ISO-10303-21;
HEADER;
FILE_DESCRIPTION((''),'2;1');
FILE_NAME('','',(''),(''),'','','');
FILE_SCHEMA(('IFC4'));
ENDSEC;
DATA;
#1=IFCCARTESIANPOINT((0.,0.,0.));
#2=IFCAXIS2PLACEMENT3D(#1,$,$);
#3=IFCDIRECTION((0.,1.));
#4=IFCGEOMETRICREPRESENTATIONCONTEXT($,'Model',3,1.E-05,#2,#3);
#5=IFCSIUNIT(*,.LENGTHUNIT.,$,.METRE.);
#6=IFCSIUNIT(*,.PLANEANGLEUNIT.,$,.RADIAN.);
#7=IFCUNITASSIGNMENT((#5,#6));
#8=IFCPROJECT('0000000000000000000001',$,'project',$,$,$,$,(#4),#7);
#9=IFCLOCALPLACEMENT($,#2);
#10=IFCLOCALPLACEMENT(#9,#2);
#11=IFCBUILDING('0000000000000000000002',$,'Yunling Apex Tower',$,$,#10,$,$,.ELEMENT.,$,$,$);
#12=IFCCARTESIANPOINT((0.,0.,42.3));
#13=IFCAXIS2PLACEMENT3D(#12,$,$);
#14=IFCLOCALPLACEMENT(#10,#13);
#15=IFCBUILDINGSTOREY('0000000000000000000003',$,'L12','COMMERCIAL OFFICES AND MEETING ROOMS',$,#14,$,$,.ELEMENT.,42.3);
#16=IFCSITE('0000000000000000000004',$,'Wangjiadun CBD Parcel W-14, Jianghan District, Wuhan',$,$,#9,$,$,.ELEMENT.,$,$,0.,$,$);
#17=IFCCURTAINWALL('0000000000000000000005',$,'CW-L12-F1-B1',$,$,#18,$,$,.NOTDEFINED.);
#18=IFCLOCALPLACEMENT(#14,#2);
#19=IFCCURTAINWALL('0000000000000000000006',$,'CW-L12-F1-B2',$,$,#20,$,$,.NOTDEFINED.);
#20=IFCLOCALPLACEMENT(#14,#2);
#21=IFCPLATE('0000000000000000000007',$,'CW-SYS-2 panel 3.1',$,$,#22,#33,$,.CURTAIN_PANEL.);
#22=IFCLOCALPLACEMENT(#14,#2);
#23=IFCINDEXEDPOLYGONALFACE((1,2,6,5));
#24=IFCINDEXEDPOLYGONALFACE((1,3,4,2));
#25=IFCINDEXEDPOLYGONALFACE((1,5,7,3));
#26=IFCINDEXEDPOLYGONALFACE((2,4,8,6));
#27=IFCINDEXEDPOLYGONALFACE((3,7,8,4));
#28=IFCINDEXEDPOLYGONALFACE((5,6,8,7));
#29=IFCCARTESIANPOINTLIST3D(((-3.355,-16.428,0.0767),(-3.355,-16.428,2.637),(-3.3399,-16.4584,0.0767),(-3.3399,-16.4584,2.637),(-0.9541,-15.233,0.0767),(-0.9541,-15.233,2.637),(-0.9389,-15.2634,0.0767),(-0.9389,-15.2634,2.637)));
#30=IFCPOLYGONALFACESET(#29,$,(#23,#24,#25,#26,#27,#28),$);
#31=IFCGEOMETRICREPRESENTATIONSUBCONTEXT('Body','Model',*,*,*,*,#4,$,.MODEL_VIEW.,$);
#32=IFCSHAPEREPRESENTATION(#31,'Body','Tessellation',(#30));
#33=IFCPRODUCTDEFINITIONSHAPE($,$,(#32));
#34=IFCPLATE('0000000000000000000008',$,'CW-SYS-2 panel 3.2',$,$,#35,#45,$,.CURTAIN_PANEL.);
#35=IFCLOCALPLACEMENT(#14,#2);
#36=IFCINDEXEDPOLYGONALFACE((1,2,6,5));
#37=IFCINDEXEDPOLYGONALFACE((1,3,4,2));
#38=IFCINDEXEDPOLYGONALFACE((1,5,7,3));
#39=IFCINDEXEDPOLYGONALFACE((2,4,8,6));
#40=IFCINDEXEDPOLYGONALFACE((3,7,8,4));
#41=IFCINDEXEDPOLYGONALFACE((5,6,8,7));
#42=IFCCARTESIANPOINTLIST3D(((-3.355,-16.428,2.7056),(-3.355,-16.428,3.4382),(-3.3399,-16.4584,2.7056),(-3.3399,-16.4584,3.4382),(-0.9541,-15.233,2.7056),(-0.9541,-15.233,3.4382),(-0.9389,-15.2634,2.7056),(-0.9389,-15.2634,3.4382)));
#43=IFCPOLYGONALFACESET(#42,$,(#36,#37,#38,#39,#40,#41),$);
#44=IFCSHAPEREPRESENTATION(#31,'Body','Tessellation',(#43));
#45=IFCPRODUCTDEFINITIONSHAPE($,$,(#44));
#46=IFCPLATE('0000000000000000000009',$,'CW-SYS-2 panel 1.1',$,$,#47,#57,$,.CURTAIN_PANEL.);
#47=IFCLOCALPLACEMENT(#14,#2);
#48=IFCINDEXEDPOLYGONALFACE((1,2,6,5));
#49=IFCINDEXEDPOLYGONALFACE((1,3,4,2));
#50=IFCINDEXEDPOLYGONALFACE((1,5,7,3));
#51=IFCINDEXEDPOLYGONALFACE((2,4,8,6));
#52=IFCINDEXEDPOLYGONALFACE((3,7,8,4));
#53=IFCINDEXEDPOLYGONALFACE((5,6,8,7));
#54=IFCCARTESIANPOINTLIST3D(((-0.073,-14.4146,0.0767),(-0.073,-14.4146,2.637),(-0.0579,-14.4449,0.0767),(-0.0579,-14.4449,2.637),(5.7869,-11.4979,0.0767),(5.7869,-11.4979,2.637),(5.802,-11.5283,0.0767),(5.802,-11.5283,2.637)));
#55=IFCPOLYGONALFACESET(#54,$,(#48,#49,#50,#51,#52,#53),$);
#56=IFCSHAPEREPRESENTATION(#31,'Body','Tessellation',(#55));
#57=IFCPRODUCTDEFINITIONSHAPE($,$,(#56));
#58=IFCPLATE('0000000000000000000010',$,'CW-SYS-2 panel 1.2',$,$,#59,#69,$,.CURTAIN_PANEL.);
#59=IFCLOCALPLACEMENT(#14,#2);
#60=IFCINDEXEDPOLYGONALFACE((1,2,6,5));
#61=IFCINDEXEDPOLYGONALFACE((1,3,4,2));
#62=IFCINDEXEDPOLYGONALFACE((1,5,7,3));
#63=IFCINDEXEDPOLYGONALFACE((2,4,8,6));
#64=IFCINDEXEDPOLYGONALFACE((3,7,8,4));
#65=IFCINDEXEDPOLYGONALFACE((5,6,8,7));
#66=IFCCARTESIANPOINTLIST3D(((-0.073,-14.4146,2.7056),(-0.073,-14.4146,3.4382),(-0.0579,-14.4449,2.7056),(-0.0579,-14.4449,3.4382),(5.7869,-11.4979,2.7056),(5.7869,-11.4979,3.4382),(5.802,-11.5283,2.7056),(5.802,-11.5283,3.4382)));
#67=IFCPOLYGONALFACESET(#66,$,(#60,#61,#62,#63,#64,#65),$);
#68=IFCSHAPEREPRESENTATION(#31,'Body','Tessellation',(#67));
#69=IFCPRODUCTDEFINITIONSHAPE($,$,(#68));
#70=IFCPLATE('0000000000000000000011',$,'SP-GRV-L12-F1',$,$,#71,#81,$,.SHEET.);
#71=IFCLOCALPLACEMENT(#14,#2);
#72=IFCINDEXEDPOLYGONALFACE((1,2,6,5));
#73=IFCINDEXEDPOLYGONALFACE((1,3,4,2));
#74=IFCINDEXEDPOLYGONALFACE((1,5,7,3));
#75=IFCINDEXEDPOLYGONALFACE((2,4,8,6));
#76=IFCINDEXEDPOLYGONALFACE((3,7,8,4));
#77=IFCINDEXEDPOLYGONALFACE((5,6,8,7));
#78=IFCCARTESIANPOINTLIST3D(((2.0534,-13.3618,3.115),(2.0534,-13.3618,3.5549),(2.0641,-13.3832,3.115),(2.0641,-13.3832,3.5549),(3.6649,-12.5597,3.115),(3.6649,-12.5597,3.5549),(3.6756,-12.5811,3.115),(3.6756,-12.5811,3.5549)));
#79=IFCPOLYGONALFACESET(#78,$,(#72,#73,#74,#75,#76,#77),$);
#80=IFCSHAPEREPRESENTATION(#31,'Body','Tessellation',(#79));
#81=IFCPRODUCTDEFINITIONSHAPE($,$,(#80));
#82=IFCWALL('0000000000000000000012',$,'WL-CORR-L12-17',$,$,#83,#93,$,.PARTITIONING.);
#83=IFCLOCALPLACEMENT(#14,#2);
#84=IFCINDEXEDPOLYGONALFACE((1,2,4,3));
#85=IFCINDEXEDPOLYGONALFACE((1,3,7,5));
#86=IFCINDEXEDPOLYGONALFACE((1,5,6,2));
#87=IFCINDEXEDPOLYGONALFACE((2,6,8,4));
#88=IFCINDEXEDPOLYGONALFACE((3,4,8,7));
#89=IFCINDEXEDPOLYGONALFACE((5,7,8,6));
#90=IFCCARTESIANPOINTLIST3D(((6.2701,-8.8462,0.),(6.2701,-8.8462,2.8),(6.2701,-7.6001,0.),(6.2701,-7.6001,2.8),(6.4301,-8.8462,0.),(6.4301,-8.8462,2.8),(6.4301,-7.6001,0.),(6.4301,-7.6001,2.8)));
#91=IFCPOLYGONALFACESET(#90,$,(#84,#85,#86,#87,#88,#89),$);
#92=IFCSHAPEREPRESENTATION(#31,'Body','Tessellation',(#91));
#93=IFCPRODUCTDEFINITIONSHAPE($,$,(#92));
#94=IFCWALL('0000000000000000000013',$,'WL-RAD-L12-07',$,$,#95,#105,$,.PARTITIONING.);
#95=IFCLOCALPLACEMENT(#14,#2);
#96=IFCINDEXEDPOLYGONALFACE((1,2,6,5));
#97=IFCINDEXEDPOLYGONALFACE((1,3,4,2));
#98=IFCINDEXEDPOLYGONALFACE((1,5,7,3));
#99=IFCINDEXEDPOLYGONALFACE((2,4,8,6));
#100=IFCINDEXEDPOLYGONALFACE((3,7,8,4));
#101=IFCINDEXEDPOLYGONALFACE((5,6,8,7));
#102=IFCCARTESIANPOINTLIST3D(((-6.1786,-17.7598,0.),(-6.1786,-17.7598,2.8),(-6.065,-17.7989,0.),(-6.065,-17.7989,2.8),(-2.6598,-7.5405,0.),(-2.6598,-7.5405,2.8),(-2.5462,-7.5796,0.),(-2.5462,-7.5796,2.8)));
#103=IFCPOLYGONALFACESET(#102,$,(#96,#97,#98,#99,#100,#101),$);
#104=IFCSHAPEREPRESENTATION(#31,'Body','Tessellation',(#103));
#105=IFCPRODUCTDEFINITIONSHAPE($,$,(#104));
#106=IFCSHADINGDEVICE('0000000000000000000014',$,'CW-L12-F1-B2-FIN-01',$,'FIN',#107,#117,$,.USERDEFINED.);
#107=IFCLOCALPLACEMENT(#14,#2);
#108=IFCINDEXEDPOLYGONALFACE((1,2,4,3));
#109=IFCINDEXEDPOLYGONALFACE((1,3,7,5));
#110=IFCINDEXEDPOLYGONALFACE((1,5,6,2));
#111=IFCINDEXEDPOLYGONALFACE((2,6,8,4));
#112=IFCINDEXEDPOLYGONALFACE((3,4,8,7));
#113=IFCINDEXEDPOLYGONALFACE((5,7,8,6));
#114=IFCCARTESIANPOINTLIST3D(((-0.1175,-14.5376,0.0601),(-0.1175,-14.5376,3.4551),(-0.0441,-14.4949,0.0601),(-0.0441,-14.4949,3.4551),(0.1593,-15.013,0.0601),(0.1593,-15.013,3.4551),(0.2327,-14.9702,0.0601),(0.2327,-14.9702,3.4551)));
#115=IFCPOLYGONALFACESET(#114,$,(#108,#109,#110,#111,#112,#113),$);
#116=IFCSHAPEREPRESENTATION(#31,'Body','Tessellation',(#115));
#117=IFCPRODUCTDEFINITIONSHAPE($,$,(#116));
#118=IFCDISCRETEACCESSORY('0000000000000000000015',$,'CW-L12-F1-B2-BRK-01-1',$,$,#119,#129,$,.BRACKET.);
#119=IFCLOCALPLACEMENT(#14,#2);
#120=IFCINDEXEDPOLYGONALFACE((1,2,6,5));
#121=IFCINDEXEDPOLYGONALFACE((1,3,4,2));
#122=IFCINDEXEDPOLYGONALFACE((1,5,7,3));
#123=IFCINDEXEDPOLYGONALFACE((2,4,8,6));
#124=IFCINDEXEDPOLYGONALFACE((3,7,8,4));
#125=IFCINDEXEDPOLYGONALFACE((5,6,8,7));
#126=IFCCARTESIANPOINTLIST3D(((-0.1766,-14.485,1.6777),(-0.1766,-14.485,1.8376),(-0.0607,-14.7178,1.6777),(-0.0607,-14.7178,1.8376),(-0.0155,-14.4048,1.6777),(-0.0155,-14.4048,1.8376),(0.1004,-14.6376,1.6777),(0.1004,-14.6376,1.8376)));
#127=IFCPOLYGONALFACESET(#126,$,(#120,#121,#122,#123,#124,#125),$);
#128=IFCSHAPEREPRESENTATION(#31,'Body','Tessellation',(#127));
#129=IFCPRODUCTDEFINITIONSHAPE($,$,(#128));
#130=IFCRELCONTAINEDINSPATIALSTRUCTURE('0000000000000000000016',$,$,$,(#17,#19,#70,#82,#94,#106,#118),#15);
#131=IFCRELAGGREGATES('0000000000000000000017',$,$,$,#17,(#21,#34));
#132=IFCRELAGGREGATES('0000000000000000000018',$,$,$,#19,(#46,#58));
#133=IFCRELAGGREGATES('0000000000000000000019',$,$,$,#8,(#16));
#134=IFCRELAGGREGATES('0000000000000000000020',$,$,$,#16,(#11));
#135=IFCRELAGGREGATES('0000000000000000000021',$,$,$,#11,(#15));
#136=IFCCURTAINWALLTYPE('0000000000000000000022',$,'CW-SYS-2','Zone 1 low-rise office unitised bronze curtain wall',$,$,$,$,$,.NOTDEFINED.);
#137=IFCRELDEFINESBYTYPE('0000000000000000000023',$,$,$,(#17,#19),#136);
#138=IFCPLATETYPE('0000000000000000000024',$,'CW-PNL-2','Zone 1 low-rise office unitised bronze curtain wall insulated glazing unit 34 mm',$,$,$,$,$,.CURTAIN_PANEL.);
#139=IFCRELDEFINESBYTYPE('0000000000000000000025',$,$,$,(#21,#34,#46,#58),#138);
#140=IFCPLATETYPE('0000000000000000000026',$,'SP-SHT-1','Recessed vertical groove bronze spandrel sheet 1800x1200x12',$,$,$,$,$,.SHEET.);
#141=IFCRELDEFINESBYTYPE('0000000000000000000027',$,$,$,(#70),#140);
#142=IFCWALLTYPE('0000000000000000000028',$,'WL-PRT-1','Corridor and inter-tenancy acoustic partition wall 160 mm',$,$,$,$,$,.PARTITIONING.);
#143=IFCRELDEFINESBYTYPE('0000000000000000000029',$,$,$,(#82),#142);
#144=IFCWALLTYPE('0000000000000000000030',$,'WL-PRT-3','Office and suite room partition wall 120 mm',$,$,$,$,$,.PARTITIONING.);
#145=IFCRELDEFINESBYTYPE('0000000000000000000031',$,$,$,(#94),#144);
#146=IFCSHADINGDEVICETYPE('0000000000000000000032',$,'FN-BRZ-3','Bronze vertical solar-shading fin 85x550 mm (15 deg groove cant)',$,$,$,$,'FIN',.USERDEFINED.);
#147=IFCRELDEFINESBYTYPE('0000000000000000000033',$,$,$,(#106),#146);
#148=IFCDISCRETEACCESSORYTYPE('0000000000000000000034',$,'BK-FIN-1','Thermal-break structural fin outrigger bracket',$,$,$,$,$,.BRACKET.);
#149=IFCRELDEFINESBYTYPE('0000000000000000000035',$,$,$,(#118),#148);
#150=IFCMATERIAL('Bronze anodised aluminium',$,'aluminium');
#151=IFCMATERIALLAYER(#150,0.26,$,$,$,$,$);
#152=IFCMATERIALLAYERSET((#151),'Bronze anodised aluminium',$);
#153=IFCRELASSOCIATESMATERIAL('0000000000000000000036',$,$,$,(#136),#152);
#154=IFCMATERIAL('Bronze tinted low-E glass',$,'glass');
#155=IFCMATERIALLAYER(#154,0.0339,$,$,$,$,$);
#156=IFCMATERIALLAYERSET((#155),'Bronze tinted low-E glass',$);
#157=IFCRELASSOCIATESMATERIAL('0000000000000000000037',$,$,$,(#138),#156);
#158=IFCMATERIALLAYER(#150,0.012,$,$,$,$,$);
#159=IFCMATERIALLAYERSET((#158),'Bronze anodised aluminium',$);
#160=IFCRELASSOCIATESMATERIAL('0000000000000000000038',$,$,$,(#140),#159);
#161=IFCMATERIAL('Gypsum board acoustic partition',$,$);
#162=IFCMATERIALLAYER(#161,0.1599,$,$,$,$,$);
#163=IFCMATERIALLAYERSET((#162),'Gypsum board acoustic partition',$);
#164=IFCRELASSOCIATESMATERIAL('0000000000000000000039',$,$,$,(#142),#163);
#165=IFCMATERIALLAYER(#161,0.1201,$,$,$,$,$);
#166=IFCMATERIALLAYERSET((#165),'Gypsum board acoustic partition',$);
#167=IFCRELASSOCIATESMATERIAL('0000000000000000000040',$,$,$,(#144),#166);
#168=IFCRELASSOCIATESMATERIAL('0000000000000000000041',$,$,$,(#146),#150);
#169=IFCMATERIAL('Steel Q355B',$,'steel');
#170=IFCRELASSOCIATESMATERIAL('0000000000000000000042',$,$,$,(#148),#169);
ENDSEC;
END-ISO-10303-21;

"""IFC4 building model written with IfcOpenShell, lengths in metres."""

from ifc_helpers import new_model, si_unit, direction, frame, frame_2d, origin, origin_2d, place, context, subcontext, project, spatial, rectangle, extrude, source, transform, mapped, material, layer, layer_set, material_profile, profile_set, type_object, element, aggregate, save


model = new_model("IFC4")

# Units and contexts
model_context = context("Model", 3, precision=1e-05, world=origin(), true_north=direction((0.0, 1.0)))
body_context = subcontext(model_context, "Body", "Model", "MODEL_VIEW")
ifc_project = project(units=[si_unit("LENGTHUNIT", "METRE"), si_unit("PLANEANGLEUNIT", "RADIAN")], contexts=[model_context])

# Site, building, storey
site_placement = place(None, origin())
site = spatial("IfcSite", under=ifc_project, at=site_placement, Name="Wangjiadun CBD Parcel W-14, Jianghan District, Wuhan", CompositionType="ELEMENT", RefElevation=0.0)
building_placement = place(site_placement, origin())
building = spatial("IfcBuilding", under=site, at=building_placement, Name="Yunling Apex Tower", CompositionType="ELEMENT")
storey_placement = place(building_placement, frame((0.0, 0.0, 42.3)))
storey = spatial("IfcBuildingStorey", under=building, at=storey_placement, Name="L12", Description="COMMERCIAL OFFICES AND MEETING ROOMS", CompositionType="ELEMENT", Elevation=42.3)

# Shared definitions
ifc_material_1 = material(Name="Steel Q355B", Category="steel")

# Curtain wall
ifc_material_2 = material(Name="Bronze anodised aluminium", Category="aluminium")
ifc_layer_1 = layer(ifc_material_2, 0.26)
ifc_layer_set_1 = layer_set([ifc_layer_1], Name="Bronze anodised aluminium")
curtain_wall_type = type_object("IfcCurtainWallType", Name="CW-SYS-2", Description="Zone 1 low-rise office unitised bronze curtain wall", PredefinedType="NOTDEFINED", material=ifc_layer_set_1)
curtain_wall_1_placement = place(storey_placement, origin())
curtain_wall_1 = element("IfcCurtainWall", 1, at=curtain_wall_1_placement, inside=storey, type_object=curtain_wall_type, Name="CW-L12-F1-B1", PredefinedType="NOTDEFINED")

# Curtain wall
curtain_wall_2_placement = place(storey_placement, origin())
curtain_wall_2 = element("IfcCurtainWall", 2, at=curtain_wall_2_placement, inside=storey, type_object=curtain_wall_type, Name="CW-L12-F1-B2", PredefinedType="NOTDEFINED")

# Plates
ifc_material_3 = material(Name="Bronze tinted low-E glass", Category="glass")
ifc_layer_2 = layer(ifc_material_3, 0.0339)
ifc_layer_set_2 = layer_set([ifc_layer_2], Name="Bronze tinted low-E glass")
plate_type_1 = type_object("IfcPlateType", Name="CW-PNL-2", Description="Zone 1 low-rise office unitised bronze curtain wall insulated glazing unit 34 mm", PredefinedType="CURTAIN_PANEL", material=ifc_layer_set_2)
shared_shape_1 = source(origin(), body_context, "Body", "SweptSolid", [
    extrude(rectangle(XDim=2.6819, YDim=0.0339, at=origin_2d()), origin(), (0.0, 0.0, 1.0), 2.5603),
])
plate_1_placement = place(storey_placement, frame((-2.147, -15.8457, 0.0767), z_axis=(0.0, 0.0, 1.0), x_axis=(0.895247, 0.445571, 0.0)))
plate_1 = element("IfcPlate", 3, at=plate_1_placement, type_object=plate_type_1, Name="CW-SYS-2 panel 3.1", PredefinedType="CURTAIN_PANEL", context=body_context, shape_type="MappedRepresentation", body=[
    mapped(shared_shape_1, transform((0.0, 0.0, 0.0), scale=1.0)),
])
shared_shape_2 = source(origin(), body_context, "Body", "SweptSolid", [
    extrude(rectangle(XDim=2.6819, YDim=0.0339, at=origin_2d()), origin(), (0.0, 0.0, 1.0), 0.7327),
])
plate_2_placement = place(storey_placement, frame((-2.147, -15.8457, 2.7056), z_axis=(0.0, 0.0, 1.0), x_axis=(0.895247, 0.445571, 0.0)))
plate_2 = element("IfcPlate", 4, at=plate_2_placement, type_object=plate_type_1, Name="CW-SYS-2 panel 3.2", PredefinedType="CURTAIN_PANEL", context=body_context, shape_type="MappedRepresentation", body=[
    mapped(shared_shape_2, transform((0.0, 0.0, 0.0), scale=1.0)),
])
aggregate(curtain_wall_1, [plate_1, plate_2])
shared_shape_3 = source(origin(), body_context, "Body", "SweptSolid", [
    extrude(rectangle(XDim=6.5457, YDim=0.0339, at=origin_2d()), origin(), (0.0, 0.0, 1.0), 2.5603),
])
plate_3_placement = place(storey_placement, frame((2.8645, -12.9714, 0.0767), z_axis=(0.0, 0.0, 1.0), x_axis=(0.895241, 0.445583, 0.0)))
plate_3 = element("IfcPlate", 5, at=plate_3_placement, type_object=plate_type_1, Name="CW-SYS-2 panel 1.1", PredefinedType="CURTAIN_PANEL", context=body_context, shape_type="MappedRepresentation", body=[
    mapped(shared_shape_3, transform((0.0, 0.0, 0.0), scale=1.0)),
])
shared_shape_4 = source(origin(), body_context, "Body", "SweptSolid", [
    extrude(rectangle(XDim=6.5457, YDim=0.0339, at=origin_2d()), origin(), (0.0, 0.0, 1.0), 0.7327),
])
plate_4_placement = place(storey_placement, frame((2.8645, -12.9714, 2.7056), z_axis=(0.0, 0.0, 1.0), x_axis=(0.895241, 0.445583, 0.0)))
plate_4 = element("IfcPlate", 6, at=plate_4_placement, type_object=plate_type_1, Name="CW-SYS-2 panel 1.2", PredefinedType="CURTAIN_PANEL", context=body_context, shape_type="MappedRepresentation", body=[
    mapped(shared_shape_4, transform((0.0, 0.0, 0.0), scale=1.0)),
])
aggregate(curtain_wall_2, [plate_3, plate_4])
ifc_layer_3 = layer(ifc_material_2, 0.012)
ifc_layer_set_3 = layer_set([ifc_layer_3], Name="Bronze anodised aluminium")
plate_type_2 = type_object("IfcPlateType", Name="SP-SHT-1", Description="Recessed vertical groove bronze spandrel sheet 1800x1200x12", PredefinedType="SHEET", material=ifc_layer_set_3)
shared_shape_5 = source(origin(), body_context, "Body", "SweptSolid", [
    extrude(rectangle(XDim=1.8, YDim=0.0239, at=origin_2d()), origin(), (0.0, 0.0, 1.0), 0.4399),
])
plate_5_placement = place(storey_placement, frame((2.8645, -12.9714, 3.115), z_axis=(0.0, 0.0, 1.0), x_axis=(0.895246, 0.445573, 0.0)))
element("IfcPlate", 7, at=plate_5_placement, inside=storey, type_object=plate_type_2, Name="SP-GRV-L12-F1", PredefinedType="SHEET", context=body_context, shape_type="MappedRepresentation", body=[
    mapped(shared_shape_5, transform((0.0, 0.0, 0.0), scale=1.0)),
])

# Walls
ifc_material_4 = material(Name="Gypsum board acoustic partition")
ifc_layer_4 = layer(ifc_material_4, 0.1599)
ifc_layer_set_4 = layer_set([ifc_layer_4], Name="Gypsum board acoustic partition")
wall_type_1 = type_object("IfcWallType", Name="WL-PRT-1", Description="Corridor and inter-tenancy acoustic partition wall 160 mm", PredefinedType="PARTITIONING", material=ifc_layer_set_4)
wall_1_placement = place(storey_placement, frame((6.3501, -8.8462, 0.0), z_axis=(0.0, 0.0, 1.0), x_axis=(0.0, 1.0, 0.0)))
element("IfcWall", 8, at=wall_1_placement, inside=storey, type_object=wall_type_1, Name="WL-CORR-L12-17", PredefinedType="PARTITIONING", context=body_context, shape_type="SweptSolid", body=[
    extrude(rectangle(XDim=1.2461, YDim=0.1599, at=frame_2d((0.623, 0.0))), origin(), (0.0, 0.0, 1.0), 2.8),
])
ifc_layer_5 = layer(ifc_material_4, 0.1201)
ifc_layer_set_5 = layer_set([ifc_layer_5], Name="Gypsum board acoustic partition")
wall_type_2 = type_object("IfcWallType", Name="WL-PRT-3", Description="Office and suite room partition wall 120 mm", PredefinedType="PARTITIONING", material=ifc_layer_set_5)
wall_2_placement = place(storey_placement, frame((-2.603, -7.5601, 0.0), z_axis=(0.0, 0.0, 1.0), x_axis=(-0.325571, -0.945518, 0.0)))
element("IfcWall", 9, at=wall_2_placement, inside=storey, type_object=wall_type_2, Name="WL-RAD-L12-07", PredefinedType="PARTITIONING", context=body_context, shape_type="SweptSolid", body=[
    extrude(rectangle(XDim=10.8081, YDim=0.1201, at=frame_2d((5.4041, 0.0))), origin(), (0.0, 0.0, 1.0), 2.8),
])

# Shading device
ifc_material_profile_1 = material_profile(ifc_material_2, rectangle(XDim=0.085, YDim=0.55, at=origin_2d()))
ifc_profile_set_1 = profile_set([ifc_material_profile_1], Name="Bronze anodised aluminium")
shading_device_type = type_object("IfcShadingDeviceType", Name="FN-BRZ-3", Description="Bronze vertical solar-shading fin 85x550 mm (15 deg groove cant)", ElementType="FIN", PredefinedType="USERDEFINED", material=ifc_profile_set_1)
shared_shape_6 = source(origin(), body_context, "Body", "SweptSolid", [
    extrude(rectangle(XDim=0.085, YDim=0.55, at=origin_2d()), origin(), (0.0, 0.0, 1.0), 3.395),
])
shading_device_placement = place(storey_placement, frame((0.0576, -14.7539, 0.0601), z_axis=(0.0, 0.0, 1.0), x_axis=(0.864187, 0.503171, 0.0)))
element("IfcShadingDevice", 10, at=shading_device_placement, inside=storey, type_object=shading_device_type, Name="CW-L12-F1-B2-FIN-01", ObjectType="FIN", PredefinedType="USERDEFINED", context=body_context, shape_type="MappedRepresentation", body=[
    mapped(shared_shape_6, transform((0.0, 0.0, 0.0), scale=1.0)),
])

# Discrete accessory
discrete_accessory_type = type_object("IfcDiscreteAccessoryType", Name="BK-FIN-1", Description="Thermal-break structural fin outrigger bracket", PredefinedType="BRACKET", material=ifc_material_1)
shared_shape_7 = source(origin(), body_context, "Body", "SweptSolid", [
    extrude(rectangle(XDim=0.1799, YDim=0.26, at=origin_2d()), origin(), (0.0, 0.0, 1.0), 0.1599),
])
discrete_accessory_placement = place(storey_placement, frame((-0.0381, -14.5613, 1.6777), z_axis=(0.0, 0.0, 1.0), x_axis=(0.895246, 0.445573, 0.0)))
element("IfcDiscreteAccessory", 11, at=discrete_accessory_placement, inside=storey, type_object=discrete_accessory_type, Name="CW-L12-F1-B2-BRK-01-1", PredefinedType="BRACKET", context=body_context, shape_type="MappedRepresentation", body=[
    mapped(shared_shape_7, transform((0.0, 0.0, 0.0), scale=1.0)),
])

save(model, "model.ifc")
